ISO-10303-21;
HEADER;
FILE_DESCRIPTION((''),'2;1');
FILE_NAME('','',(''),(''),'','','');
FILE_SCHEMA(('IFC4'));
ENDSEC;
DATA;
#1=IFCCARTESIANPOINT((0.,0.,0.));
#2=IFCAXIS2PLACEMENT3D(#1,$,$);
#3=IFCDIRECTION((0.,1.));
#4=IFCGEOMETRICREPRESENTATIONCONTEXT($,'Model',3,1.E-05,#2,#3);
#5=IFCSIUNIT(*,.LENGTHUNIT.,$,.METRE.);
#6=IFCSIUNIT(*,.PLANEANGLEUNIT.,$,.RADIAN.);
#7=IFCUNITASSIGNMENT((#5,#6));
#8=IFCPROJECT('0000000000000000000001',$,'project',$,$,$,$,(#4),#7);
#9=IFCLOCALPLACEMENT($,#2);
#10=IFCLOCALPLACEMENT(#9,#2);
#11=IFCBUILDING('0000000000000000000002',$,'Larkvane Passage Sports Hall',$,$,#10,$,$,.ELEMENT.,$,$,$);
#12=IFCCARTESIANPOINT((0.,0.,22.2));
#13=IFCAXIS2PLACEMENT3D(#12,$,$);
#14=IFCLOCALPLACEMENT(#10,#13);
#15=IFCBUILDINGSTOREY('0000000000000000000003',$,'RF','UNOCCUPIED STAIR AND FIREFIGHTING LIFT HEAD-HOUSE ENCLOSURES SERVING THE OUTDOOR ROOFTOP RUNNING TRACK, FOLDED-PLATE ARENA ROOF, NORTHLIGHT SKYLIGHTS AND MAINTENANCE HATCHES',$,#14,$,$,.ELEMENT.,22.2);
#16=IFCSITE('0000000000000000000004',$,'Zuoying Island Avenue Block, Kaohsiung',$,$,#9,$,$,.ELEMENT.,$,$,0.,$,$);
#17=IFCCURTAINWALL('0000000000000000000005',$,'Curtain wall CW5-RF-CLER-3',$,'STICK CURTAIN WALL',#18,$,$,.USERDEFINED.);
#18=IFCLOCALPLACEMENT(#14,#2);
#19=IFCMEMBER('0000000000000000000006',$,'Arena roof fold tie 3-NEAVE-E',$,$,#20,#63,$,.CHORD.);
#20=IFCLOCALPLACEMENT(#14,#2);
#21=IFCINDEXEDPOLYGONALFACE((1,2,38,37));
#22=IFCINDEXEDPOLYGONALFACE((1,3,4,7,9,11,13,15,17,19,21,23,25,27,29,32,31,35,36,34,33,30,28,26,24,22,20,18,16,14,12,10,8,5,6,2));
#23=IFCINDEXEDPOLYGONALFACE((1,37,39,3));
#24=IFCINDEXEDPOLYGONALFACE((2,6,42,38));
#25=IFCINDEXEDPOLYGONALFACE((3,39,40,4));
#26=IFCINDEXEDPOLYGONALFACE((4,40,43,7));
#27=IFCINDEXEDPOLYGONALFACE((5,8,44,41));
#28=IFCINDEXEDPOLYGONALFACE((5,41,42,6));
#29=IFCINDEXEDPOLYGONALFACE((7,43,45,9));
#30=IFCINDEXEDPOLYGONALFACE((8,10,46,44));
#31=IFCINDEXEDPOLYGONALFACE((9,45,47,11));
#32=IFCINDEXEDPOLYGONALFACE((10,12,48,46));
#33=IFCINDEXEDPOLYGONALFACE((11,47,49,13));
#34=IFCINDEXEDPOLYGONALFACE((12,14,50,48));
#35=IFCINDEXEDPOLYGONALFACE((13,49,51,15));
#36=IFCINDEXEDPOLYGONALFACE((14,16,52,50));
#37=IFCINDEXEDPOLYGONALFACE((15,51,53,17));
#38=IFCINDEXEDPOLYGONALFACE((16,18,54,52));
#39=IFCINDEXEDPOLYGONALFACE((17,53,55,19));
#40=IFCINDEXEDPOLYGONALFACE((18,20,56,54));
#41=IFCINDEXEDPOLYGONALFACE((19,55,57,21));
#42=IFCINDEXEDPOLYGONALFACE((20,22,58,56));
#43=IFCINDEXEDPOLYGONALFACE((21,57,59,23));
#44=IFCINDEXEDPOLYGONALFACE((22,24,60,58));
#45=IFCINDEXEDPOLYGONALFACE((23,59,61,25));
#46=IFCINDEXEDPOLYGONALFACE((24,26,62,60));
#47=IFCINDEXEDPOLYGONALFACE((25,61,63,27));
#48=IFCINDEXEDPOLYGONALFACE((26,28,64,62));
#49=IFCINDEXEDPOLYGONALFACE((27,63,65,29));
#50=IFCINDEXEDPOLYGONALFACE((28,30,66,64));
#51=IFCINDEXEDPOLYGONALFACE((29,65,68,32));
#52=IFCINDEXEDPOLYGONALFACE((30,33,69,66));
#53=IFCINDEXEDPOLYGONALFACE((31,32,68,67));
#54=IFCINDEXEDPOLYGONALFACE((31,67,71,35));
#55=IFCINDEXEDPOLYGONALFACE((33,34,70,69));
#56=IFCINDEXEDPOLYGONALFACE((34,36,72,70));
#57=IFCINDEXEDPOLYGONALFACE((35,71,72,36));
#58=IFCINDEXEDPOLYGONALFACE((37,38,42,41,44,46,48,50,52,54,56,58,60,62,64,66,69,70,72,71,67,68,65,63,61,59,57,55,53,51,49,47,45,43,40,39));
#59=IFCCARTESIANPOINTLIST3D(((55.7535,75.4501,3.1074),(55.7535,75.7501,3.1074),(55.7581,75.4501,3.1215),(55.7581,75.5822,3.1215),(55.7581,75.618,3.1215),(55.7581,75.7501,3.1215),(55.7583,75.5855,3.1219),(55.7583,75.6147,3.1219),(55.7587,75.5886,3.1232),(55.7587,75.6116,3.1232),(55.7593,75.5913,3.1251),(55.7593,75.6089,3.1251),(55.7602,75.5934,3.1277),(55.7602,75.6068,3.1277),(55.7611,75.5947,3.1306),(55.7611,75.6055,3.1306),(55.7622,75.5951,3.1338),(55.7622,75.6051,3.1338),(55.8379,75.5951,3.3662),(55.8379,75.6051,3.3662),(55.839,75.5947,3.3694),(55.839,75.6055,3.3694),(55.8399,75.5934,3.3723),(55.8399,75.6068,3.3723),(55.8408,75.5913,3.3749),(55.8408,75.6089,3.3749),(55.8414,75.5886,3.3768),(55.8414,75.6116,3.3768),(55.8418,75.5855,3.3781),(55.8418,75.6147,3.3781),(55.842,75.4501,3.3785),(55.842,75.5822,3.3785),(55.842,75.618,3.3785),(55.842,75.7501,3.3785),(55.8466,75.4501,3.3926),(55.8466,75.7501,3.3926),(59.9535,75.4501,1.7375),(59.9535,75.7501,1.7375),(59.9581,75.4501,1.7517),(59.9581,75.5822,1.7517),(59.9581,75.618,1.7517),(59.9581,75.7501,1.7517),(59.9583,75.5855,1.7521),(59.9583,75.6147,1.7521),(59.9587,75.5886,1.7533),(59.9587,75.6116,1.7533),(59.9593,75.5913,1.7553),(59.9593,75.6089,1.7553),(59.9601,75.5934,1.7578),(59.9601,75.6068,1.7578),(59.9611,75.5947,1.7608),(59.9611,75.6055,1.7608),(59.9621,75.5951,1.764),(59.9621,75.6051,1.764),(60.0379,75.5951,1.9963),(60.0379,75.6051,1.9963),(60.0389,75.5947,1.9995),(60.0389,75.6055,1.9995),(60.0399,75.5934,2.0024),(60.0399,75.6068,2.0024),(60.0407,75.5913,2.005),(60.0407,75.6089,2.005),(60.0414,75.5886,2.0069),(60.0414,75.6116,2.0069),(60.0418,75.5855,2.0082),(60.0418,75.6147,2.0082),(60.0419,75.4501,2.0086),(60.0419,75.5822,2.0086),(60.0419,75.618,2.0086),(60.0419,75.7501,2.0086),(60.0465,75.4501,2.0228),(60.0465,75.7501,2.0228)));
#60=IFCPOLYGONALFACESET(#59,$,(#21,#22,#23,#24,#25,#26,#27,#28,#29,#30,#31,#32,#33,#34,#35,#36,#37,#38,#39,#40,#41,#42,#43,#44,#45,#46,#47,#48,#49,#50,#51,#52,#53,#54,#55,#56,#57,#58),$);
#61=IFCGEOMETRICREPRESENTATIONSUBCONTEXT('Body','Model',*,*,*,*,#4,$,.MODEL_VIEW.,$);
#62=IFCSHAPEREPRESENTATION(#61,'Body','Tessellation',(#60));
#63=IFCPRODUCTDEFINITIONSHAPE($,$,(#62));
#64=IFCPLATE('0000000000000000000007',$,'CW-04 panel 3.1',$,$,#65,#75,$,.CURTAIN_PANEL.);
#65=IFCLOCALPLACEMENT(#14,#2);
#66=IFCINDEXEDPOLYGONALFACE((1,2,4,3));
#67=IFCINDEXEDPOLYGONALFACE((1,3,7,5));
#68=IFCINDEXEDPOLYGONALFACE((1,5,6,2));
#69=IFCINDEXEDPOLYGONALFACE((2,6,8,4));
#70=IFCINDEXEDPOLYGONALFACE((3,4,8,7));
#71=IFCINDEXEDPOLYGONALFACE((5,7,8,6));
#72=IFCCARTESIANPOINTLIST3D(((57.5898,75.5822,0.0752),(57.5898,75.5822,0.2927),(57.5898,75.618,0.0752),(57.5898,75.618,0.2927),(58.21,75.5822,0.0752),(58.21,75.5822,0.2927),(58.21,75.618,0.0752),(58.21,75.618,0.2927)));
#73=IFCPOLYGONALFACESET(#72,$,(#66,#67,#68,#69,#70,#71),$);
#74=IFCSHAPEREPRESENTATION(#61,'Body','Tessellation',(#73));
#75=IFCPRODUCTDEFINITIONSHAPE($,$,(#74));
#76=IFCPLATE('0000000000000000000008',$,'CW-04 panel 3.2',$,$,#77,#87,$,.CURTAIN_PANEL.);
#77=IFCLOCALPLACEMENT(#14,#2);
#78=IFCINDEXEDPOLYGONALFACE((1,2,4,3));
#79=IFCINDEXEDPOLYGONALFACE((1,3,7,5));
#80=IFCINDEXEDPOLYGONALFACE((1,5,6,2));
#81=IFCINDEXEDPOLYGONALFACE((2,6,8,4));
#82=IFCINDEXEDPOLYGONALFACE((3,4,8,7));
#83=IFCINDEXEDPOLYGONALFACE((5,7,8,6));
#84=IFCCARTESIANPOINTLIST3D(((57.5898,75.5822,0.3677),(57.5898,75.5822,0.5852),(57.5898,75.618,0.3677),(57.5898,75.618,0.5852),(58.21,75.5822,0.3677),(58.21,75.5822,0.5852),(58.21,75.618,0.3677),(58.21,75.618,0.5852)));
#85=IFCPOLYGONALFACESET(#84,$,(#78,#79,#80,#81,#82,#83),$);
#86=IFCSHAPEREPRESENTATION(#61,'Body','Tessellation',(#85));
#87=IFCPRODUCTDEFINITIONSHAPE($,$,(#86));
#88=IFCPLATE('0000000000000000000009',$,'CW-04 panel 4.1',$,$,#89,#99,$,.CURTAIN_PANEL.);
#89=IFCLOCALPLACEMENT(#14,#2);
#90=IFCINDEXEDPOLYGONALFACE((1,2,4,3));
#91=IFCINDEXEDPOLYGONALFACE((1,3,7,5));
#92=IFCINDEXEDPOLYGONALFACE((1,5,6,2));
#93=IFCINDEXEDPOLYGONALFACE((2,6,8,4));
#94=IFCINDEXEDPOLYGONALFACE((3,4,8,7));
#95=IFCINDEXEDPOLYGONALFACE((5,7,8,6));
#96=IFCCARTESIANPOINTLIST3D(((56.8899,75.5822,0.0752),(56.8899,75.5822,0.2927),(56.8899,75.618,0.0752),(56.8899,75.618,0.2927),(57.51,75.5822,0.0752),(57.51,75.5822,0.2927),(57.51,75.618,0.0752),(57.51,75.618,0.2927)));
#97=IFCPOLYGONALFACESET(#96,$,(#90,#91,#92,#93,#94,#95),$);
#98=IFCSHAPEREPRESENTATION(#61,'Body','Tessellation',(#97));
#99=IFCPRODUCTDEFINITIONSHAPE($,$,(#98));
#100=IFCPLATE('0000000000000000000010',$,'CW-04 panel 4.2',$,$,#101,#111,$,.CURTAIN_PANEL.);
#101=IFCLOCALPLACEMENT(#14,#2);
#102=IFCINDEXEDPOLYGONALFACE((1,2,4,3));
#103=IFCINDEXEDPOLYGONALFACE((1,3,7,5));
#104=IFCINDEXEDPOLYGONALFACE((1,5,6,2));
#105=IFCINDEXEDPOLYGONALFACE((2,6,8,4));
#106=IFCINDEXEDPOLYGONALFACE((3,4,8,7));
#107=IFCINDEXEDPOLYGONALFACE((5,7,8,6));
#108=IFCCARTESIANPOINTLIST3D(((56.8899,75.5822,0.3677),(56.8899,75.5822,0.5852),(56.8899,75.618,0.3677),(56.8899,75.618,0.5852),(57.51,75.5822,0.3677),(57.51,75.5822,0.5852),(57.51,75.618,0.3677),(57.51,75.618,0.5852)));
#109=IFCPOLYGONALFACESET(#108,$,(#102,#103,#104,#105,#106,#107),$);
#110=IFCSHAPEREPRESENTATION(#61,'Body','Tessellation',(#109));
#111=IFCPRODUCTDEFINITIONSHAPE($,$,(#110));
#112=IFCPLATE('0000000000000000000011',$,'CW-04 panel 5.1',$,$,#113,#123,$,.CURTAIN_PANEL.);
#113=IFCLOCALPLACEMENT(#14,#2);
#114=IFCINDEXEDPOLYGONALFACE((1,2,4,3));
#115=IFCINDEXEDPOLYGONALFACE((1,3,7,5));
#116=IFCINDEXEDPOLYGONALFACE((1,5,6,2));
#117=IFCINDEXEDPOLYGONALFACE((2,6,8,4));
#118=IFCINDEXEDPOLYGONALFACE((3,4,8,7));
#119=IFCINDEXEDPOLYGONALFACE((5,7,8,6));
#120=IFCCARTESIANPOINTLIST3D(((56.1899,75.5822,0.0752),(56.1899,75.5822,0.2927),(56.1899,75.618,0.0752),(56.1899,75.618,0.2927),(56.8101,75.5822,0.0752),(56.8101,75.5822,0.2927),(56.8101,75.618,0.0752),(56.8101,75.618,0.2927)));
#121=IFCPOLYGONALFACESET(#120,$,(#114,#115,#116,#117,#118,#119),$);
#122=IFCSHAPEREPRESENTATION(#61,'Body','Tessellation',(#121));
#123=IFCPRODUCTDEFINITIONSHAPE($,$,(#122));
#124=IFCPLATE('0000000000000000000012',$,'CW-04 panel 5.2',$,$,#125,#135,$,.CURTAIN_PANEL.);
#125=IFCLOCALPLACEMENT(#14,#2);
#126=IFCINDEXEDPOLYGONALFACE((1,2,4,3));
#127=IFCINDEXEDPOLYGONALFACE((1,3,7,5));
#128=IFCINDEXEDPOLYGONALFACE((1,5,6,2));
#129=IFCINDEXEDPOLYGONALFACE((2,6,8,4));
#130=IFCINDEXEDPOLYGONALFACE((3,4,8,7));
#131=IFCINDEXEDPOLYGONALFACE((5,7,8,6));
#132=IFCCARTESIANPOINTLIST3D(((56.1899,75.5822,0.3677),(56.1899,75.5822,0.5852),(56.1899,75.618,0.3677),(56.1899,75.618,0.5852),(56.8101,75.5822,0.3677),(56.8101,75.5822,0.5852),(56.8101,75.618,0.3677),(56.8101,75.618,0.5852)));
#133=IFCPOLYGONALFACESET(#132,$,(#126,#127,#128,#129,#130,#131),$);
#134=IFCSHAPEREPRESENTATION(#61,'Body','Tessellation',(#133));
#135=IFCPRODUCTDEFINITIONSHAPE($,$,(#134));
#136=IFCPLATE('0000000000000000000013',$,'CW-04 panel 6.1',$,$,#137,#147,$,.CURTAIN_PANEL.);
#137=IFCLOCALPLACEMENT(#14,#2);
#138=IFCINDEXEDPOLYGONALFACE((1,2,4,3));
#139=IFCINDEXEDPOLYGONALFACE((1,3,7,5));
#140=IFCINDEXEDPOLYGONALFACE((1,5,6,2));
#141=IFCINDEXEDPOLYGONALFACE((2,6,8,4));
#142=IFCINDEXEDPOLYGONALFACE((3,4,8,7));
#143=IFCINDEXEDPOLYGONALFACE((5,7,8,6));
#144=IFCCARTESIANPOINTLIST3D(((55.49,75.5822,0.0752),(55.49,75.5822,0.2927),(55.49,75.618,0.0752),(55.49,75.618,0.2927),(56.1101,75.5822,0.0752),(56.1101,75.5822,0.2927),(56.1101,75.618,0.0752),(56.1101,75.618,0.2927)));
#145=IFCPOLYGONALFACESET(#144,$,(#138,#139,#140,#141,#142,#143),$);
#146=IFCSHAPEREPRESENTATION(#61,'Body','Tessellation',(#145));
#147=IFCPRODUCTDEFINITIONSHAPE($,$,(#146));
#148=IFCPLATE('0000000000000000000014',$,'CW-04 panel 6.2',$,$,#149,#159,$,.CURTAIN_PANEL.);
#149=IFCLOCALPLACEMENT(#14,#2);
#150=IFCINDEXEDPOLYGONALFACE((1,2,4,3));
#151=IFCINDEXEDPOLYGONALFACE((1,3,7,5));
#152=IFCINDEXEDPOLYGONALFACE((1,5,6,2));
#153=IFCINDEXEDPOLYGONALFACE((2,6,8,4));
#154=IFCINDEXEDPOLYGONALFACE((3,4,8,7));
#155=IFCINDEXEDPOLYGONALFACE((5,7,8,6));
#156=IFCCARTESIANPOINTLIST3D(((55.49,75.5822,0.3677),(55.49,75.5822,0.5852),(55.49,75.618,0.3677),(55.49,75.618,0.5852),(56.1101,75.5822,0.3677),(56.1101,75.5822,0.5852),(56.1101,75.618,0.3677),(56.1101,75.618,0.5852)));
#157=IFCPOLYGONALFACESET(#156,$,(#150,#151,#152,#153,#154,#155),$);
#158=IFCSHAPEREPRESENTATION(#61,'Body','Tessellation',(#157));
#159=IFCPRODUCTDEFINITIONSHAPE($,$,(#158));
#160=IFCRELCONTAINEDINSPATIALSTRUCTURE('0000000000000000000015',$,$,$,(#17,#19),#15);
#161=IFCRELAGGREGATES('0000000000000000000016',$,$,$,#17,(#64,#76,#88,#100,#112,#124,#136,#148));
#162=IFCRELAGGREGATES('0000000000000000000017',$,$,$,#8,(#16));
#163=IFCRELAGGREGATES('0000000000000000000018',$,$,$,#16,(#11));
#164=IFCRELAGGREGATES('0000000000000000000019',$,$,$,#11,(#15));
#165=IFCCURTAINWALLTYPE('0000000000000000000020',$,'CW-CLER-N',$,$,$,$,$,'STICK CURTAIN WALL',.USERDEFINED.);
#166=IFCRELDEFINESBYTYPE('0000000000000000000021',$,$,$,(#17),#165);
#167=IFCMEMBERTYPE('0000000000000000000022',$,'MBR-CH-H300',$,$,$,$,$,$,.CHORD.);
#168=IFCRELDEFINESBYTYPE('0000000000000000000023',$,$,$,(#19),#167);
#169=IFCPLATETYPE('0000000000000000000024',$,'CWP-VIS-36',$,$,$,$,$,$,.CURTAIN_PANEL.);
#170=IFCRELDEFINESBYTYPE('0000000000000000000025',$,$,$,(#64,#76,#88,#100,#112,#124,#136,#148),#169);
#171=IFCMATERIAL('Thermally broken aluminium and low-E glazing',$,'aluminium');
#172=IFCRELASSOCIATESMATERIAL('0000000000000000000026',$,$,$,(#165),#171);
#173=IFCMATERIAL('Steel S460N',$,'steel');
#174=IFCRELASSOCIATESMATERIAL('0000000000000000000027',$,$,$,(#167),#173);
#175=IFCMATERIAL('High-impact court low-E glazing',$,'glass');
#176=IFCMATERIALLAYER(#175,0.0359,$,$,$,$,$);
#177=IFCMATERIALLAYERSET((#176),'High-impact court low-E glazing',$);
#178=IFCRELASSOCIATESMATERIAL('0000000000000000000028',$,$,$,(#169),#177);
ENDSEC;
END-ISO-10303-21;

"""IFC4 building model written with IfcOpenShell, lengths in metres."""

from ifc_helpers import new_model, si_unit, direction, frame, origin, origin_2d, place, context, subcontext, project, spatial, rectangle, i_section, extrude, material, layer, layer_set, material_profile, profile_set, type_object, element, aggregate, save


model = new_model("IFC4")

# Units and contexts
model_context = context("Model", 3, precision=1e-05, world=origin(), true_north=direction((0.0, 1.0)))
body_context = subcontext(model_context, "Body", "Model", "MODEL_VIEW")
ifc_project = project(units=[si_unit("LENGTHUNIT", "METRE"), si_unit("PLANEANGLEUNIT", "RADIAN")], contexts=[model_context])

# Site, building, storey
site_placement = place(None, origin())
site = spatial("IfcSite", under=ifc_project, at=site_placement, Name="Zuoying Island Avenue Block, Kaohsiung", CompositionType="ELEMENT", RefElevation=0.0)
building_placement = place(site_placement, origin())
building = spatial("IfcBuilding", under=site, at=building_placement, Name="Larkvane Passage Sports Hall", CompositionType="ELEMENT")
storey_placement = place(building_placement, frame((0.0, 0.0, 22.2)))
storey = spatial("IfcBuildingStorey", under=building, at=storey_placement, Name="RF", Description="UNOCCUPIED STAIR AND FIREFIGHTING LIFT HEAD-HOUSE ENCLOSURES SERVING THE OUTDOOR ROOFTOP RUNNING TRACK, FOLDED-PLATE ARENA ROOF, NORTHLIGHT SKYLIGHTS AND MAINTENANCE HATCHES", CompositionType="ELEMENT", Elevation=22.2)

# Curtain wall
ifc_material_1 = material(Name="Thermally broken aluminium and low-E glazing", Category="aluminium")
curtain_wall_type = type_object("IfcCurtainWallType", Name="CW-CLER-N", ElementType="STICK CURTAIN WALL", PredefinedType="USERDEFINED", material=ifc_material_1)
curtain_wall_placement = place(storey_placement, origin())
curtain_wall = element("IfcCurtainWall", 1, at=curtain_wall_placement, inside=storey, type_object=curtain_wall_type, Name="Curtain wall CW5-RF-CLER-3", ObjectType="STICK CURTAIN WALL", PredefinedType="USERDEFINED")

# Member
ifc_material_2 = material(Name="Steel S460N", Category="steel")
ifc_material_profile_1 = material_profile(ifc_material_2, i_section(OverallWidth=0.3, OverallDepth=0.3, WebThickness=0.01, FlangeThickness=0.0149, FilletRadius=0.0129, at=origin_2d()), Name="H-300x300x10x15")
ifc_profile_set_1 = profile_set([ifc_material_profile_1], Name="Steel S460N")
member_type_1 = type_object("IfcMemberType", Name="MBR-CH-H300", PredefinedType="CHORD", material=ifc_profile_set_1)
member_1_placement = place(storey_placement, frame((55.8, 75.6001, 3.25), z_axis=(0.950708, 0.0, -0.310087), x_axis=(0.0, 1.0, 0.0)))
element("IfcMember", 2, at=member_1_placement, inside=storey, type_object=member_type_1, Name="Arena roof fold tie 3-NEAVE-E", PredefinedType="CHORD", context=body_context, shape_type="SweptSolid", body=[
    extrude(i_section(OverallWidth=0.3, OverallDepth=0.3, WebThickness=0.01, FlangeThickness=0.0149, FilletRadius=0.0129, at=origin_2d()), origin(), (0.0, 0.0, 1.0), 4.4177),
])

# Plates
ifc_material_3 = material(Name="High-impact court low-E glazing", Category="glass")
ifc_layer = layer(ifc_material_3, 0.0359)
ifc_layer_set = layer_set([ifc_layer], Name="High-impact court low-E glazing")
plate_type = type_object("IfcPlateType", Name="CWP-VIS-36", PredefinedType="CURTAIN_PANEL", material=ifc_layer_set)
plate_1_placement = place(storey_placement, frame((57.8999, 75.6001, 0.0752), z_axis=(0.0, 0.0, 1.0), x_axis=(-1.0, 0.0, 0.0)))
plate_1 = element("IfcPlate", 3, at=plate_1_placement, type_object=plate_type, Name="CW-04 panel 3.1", PredefinedType="CURTAIN_PANEL", context=body_context, shape_type="SweptSolid", body=[
    extrude(rectangle(XDim=0.6201, YDim=0.0359, at=origin_2d()), origin(), (0.0, 0.0, 1.0), 0.2175),
])
plate_2_placement = place(storey_placement, frame((57.8999, 75.6001, 0.3677), z_axis=(0.0, 0.0, 1.0), x_axis=(-1.0, 0.0, 0.0)))
plate_2 = element("IfcPlate", 4, at=plate_2_placement, type_object=plate_type, Name="CW-04 panel 3.2", PredefinedType="CURTAIN_PANEL", context=body_context, shape_type="SweptSolid", body=[
    extrude(rectangle(XDim=0.6201, YDim=0.0359, at=origin_2d()), origin(), (0.0, 0.0, 1.0), 0.2175),
])
plate_3_placement = place(storey_placement, frame((57.2, 75.6001, 0.0752), z_axis=(0.0, 0.0, 1.0), x_axis=(-1.0, 0.0, 0.0)))
plate_3 = element("IfcPlate", 5, at=plate_3_placement, type_object=plate_type, Name="CW-04 panel 4.1", PredefinedType="CURTAIN_PANEL", context=body_context, shape_type="SweptSolid", body=[
    extrude(rectangle(XDim=0.6201, YDim=0.0359, at=origin_2d()), origin(), (0.0, 0.0, 1.0), 0.2175),
])
plate_4_placement = place(storey_placement, frame((57.2, 75.6001, 0.3677), z_axis=(0.0, 0.0, 1.0), x_axis=(-1.0, 0.0, 0.0)))
plate_4 = element("IfcPlate", 6, at=plate_4_placement, type_object=plate_type, Name="CW-04 panel 4.2", PredefinedType="CURTAIN_PANEL", context=body_context, shape_type="SweptSolid", body=[
    extrude(rectangle(XDim=0.6201, YDim=0.0359, at=origin_2d()), origin(), (0.0, 0.0, 1.0), 0.2175),
])
plate_5_placement = place(storey_placement, frame((56.5, 75.6001, 0.0752), z_axis=(0.0, 0.0, 1.0), x_axis=(-1.0, 0.0, 0.0)))
plate_5 = element("IfcPlate", 7, at=plate_5_placement, type_object=plate_type, Name="CW-04 panel 5.1", PredefinedType="CURTAIN_PANEL", context=body_context, shape_type="SweptSolid", body=[
    extrude(rectangle(XDim=0.6201, YDim=0.0359, at=origin_2d()), origin(), (0.0, 0.0, 1.0), 0.2175),
])
plate_6_placement = place(storey_placement, frame((56.5, 75.6001, 0.3677), z_axis=(0.0, 0.0, 1.0), x_axis=(-1.0, 0.0, 0.0)))
plate_6 = element("IfcPlate", 8, at=plate_6_placement, type_object=plate_type, Name="CW-04 panel 5.2", PredefinedType="CURTAIN_PANEL", context=body_context, shape_type="SweptSolid", body=[
    extrude(rectangle(XDim=0.6201, YDim=0.0359, at=origin_2d()), origin(), (0.0, 0.0, 1.0), 0.2175),
])
plate_7_placement = place(storey_placement, frame((55.8, 75.6001, 0.0752), z_axis=(0.0, 0.0, 1.0), x_axis=(-1.0, 0.0, 0.0)))
plate_7 = element("IfcPlate", 9, at=plate_7_placement, type_object=plate_type, Name="CW-04 panel 6.1", PredefinedType="CURTAIN_PANEL", context=body_context, shape_type="SweptSolid", body=[
    extrude(rectangle(XDim=0.6201, YDim=0.0359, at=origin_2d()), origin(), (0.0, 0.0, 1.0), 0.2175),
])
plate_8_placement = place(storey_placement, frame((55.8, 75.6001, 0.3677), z_axis=(0.0, 0.0, 1.0), x_axis=(-1.0, 0.0, 0.0)))
plate_8 = element("IfcPlate", 10, at=plate_8_placement, type_object=plate_type, Name="CW-04 panel 6.2", PredefinedType="CURTAIN_PANEL", context=body_context, shape_type="SweptSolid", body=[
    extrude(rectangle(XDim=0.6201, YDim=0.0359, at=origin_2d()), origin(), (0.0, 0.0, 1.0), 0.2175),
])
aggregate(curtain_wall, [plate_1, plate_2, plate_3, plate_4, plate_5, plate_6, plate_7, plate_8])

save(model, "model.ifc")
